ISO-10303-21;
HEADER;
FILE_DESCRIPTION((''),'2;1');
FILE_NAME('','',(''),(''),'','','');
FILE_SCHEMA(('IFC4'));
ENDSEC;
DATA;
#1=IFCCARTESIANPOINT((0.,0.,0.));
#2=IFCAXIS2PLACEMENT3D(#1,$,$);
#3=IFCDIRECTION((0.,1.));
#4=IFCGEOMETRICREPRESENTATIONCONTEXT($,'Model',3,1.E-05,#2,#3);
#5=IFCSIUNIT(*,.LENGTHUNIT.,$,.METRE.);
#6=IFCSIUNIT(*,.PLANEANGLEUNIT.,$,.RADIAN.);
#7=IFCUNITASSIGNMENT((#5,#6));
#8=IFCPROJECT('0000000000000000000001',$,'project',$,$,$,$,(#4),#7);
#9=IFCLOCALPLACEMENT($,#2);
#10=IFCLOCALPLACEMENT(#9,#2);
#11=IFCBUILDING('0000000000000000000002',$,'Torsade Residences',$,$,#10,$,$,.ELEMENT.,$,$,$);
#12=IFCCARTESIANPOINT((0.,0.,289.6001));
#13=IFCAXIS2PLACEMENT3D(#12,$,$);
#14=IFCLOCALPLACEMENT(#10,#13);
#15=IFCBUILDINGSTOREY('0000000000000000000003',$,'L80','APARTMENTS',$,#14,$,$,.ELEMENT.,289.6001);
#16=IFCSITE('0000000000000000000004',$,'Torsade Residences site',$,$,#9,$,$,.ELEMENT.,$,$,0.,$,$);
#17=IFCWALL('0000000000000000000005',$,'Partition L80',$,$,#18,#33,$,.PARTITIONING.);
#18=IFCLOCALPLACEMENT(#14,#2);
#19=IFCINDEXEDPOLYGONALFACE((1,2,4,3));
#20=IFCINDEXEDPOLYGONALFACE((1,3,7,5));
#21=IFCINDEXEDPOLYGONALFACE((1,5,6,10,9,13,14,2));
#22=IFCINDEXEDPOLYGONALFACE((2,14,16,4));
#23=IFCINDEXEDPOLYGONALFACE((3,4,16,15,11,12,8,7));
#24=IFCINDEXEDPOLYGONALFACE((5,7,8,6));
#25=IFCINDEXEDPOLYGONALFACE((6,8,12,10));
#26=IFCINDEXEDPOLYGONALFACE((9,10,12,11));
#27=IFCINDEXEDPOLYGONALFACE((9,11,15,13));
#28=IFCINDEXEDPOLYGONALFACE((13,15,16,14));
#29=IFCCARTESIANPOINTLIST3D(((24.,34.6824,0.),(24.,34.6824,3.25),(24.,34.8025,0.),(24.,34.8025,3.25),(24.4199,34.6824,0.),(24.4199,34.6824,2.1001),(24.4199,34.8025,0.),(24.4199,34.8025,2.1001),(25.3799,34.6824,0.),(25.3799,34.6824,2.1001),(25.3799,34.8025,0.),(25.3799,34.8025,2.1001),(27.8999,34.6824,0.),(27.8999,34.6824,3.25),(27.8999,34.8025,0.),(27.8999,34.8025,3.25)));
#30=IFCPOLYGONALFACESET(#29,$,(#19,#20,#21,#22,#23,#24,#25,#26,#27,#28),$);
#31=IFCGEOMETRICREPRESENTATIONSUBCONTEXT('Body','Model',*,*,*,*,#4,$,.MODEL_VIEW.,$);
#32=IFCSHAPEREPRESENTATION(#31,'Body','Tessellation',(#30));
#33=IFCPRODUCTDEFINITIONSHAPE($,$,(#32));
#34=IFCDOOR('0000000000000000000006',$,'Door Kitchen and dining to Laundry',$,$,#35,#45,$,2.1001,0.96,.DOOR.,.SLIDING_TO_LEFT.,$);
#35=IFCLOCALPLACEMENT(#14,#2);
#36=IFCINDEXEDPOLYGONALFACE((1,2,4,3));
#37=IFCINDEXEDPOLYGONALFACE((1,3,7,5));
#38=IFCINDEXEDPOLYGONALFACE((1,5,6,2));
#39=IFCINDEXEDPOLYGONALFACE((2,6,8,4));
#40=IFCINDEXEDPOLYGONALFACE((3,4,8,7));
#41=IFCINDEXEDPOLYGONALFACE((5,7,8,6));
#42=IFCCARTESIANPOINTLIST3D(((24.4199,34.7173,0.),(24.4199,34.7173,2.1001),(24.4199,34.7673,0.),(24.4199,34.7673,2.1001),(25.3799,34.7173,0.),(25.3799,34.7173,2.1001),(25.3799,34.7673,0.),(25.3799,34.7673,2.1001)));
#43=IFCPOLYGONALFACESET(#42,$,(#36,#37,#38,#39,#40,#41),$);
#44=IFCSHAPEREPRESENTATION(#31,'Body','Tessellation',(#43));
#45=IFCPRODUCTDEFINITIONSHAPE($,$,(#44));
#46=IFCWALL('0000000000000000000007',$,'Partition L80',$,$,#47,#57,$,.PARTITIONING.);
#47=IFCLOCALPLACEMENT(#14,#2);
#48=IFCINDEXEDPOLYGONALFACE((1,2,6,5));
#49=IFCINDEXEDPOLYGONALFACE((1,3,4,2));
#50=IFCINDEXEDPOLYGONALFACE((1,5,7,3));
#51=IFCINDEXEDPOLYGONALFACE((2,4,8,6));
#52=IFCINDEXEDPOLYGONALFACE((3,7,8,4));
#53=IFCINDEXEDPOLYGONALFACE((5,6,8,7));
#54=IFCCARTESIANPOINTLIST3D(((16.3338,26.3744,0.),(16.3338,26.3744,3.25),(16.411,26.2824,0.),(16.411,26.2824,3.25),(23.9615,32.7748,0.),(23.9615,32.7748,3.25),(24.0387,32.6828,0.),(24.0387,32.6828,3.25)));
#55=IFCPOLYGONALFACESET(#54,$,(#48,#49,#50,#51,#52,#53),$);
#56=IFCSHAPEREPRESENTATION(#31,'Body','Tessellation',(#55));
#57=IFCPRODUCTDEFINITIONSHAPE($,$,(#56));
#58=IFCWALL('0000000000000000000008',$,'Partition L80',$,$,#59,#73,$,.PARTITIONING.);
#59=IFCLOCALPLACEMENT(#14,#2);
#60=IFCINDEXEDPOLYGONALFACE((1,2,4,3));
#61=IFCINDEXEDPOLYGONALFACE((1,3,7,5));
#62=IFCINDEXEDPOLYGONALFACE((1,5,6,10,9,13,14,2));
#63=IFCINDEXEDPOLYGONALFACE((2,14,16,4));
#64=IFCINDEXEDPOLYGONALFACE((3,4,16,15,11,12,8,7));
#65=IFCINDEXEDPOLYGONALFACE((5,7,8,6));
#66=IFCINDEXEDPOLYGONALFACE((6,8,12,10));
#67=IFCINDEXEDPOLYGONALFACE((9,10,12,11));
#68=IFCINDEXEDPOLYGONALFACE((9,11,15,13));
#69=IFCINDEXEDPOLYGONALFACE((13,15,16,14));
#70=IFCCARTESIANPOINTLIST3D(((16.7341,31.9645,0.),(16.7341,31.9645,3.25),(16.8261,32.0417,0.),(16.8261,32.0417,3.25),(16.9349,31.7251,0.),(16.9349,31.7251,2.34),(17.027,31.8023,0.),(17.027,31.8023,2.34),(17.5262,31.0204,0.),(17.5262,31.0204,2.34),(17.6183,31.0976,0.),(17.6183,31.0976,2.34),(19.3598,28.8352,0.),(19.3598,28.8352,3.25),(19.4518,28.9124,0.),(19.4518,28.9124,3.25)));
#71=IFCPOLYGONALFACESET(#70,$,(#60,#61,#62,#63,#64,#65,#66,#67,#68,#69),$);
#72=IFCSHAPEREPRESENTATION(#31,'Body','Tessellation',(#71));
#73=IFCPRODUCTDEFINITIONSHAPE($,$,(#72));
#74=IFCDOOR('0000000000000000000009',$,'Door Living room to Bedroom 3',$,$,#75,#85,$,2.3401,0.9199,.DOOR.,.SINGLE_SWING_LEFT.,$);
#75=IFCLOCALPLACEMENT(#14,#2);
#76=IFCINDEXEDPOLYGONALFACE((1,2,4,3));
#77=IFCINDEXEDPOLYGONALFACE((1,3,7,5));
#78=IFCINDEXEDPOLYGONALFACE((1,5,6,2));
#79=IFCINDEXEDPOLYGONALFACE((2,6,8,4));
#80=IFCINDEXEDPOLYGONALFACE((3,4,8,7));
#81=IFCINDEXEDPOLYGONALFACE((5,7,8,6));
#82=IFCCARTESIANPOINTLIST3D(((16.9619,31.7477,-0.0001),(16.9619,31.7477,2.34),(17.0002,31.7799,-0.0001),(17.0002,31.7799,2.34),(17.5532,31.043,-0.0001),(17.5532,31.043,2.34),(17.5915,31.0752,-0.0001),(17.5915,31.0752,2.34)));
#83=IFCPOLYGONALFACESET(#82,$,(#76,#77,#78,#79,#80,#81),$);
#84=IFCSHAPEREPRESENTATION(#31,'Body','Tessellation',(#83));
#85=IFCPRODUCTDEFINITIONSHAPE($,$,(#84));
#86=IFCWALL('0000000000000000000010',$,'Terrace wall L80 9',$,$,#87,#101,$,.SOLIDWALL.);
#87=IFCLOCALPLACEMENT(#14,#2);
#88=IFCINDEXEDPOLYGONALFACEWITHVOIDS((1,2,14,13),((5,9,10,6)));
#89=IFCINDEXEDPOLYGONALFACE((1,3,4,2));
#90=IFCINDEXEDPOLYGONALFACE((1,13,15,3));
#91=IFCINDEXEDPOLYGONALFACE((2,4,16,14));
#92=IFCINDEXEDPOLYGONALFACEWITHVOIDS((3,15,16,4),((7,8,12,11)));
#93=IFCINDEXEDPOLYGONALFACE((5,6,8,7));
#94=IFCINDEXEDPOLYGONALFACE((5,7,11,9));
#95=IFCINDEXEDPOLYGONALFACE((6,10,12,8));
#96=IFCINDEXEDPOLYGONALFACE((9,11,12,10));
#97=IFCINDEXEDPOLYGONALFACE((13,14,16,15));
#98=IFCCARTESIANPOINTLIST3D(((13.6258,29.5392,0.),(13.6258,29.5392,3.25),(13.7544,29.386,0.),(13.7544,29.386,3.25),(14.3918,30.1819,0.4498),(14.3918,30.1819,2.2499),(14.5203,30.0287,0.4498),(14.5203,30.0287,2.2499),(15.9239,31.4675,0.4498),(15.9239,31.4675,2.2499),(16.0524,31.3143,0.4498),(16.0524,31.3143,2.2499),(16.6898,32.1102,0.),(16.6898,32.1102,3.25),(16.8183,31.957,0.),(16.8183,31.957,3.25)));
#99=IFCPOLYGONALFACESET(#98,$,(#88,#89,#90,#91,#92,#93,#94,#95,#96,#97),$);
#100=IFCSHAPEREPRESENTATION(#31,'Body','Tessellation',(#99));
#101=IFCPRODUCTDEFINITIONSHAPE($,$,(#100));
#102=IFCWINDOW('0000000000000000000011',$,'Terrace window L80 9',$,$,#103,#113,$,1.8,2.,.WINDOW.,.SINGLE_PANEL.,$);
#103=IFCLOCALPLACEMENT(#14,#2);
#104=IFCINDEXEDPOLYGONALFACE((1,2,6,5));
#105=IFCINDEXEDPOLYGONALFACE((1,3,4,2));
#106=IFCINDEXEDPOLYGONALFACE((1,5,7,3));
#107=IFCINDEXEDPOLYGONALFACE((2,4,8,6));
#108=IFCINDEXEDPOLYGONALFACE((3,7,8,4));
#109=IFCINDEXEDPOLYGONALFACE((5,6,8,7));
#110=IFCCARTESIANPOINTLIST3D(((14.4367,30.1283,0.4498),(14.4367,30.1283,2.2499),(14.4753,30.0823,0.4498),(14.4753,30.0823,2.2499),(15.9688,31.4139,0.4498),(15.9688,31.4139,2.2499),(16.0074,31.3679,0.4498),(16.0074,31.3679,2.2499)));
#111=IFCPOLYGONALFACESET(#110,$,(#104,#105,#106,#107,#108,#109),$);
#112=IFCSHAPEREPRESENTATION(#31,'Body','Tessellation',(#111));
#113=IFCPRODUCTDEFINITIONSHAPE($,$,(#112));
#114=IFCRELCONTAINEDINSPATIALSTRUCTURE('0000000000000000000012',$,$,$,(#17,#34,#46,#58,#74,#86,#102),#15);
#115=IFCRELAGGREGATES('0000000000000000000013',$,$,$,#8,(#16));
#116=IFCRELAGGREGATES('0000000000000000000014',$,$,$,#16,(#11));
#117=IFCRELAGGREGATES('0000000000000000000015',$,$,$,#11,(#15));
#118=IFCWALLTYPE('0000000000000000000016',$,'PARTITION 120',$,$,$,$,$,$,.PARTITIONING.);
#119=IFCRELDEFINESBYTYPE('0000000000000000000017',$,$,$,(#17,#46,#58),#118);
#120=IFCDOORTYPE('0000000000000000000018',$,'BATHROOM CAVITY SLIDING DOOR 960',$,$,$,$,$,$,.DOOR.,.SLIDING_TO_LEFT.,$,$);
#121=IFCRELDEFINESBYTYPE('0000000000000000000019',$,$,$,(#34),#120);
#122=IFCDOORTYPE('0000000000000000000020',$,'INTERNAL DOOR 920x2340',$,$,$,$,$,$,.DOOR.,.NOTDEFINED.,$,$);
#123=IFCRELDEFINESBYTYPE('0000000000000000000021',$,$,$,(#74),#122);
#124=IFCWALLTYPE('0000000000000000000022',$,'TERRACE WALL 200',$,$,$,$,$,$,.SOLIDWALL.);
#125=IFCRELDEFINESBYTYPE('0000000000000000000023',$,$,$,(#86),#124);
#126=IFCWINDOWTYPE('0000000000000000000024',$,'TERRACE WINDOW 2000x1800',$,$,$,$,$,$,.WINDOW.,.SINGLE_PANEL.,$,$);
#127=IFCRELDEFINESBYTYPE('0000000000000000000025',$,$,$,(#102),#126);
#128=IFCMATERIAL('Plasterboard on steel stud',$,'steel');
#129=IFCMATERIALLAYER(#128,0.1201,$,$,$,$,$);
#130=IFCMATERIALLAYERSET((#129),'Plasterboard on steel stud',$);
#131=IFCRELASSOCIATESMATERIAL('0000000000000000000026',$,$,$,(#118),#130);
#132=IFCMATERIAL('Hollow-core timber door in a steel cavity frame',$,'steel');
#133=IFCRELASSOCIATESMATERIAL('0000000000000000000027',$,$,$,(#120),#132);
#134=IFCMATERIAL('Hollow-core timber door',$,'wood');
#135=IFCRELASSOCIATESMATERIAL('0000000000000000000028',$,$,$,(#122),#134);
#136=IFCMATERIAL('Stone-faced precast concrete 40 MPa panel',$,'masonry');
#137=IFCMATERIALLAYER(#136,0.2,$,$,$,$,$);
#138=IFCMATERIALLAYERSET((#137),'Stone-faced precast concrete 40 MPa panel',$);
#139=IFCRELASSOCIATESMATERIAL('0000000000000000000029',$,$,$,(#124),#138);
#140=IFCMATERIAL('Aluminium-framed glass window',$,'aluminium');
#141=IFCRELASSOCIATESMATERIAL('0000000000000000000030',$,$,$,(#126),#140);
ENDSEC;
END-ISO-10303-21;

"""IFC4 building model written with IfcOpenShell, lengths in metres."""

from ifc_helpers import new_model, si_unit, direction, frame, frame_2d, origin, place, context, subcontext, project, spatial, rectangle, extrude, material, layer, layer_set, type_object, element, fill, save


model = new_model("IFC4")

# Units and contexts
model_context = context("Model", 3, precision=1e-05, world=origin(), true_north=direction((0.0, 1.0)))
body_context = subcontext(model_context, "Body", "Model", "MODEL_VIEW")
ifc_project = project(units=[si_unit("LENGTHUNIT", "METRE"), si_unit("PLANEANGLEUNIT", "RADIAN")], contexts=[model_context])

# Site, building, storey
site_placement = place(None, origin())
site = spatial("IfcSite", under=ifc_project, at=site_placement, Name="Torsade Residences site", CompositionType="ELEMENT", RefElevation=0.0)
building_placement = place(site_placement, origin())
building = spatial("IfcBuilding", under=site, at=building_placement, Name="Torsade Residences", CompositionType="ELEMENT")
storey_placement = place(building_placement, frame((0.0, 0.0, 289.6001)))
storey = spatial("IfcBuildingStorey", under=building, at=storey_placement, Name="L80", Description="APARTMENTS", CompositionType="ELEMENT", Elevation=289.6001)

# Wall, opening, door
ifc_material_1 = material(Name="Plasterboard on steel stud", Category="steel")
ifc_layer_1 = layer(ifc_material_1, 0.1201)
ifc_layer_set_1 = layer_set([ifc_layer_1], Name="Plasterboard on steel stud")
wall_type_1 = type_object("IfcWallType", Name="PARTITION 120", PredefinedType="PARTITIONING", material=ifc_layer_set_1)
wall_1_placement = place(storey_placement, frame((24.0, 34.7424, 0.0), z_axis=(0.0, 0.0, 1.0), x_axis=(1.0, 0.0, 0.0)))
wall_1 = element("IfcWall", 1, at=wall_1_placement, inside=storey, type_object=wall_type_1, Name="Partition L80", PredefinedType="PARTITIONING", context=body_context, shape_type="SweptSolid", body=[
    extrude(rectangle(XDim=3.8999, YDim=0.1201, at=frame_2d((1.95, 0.0))), origin(), (0.0, 0.0, 1.0), 3.25),
])
opening_1_placement = place(wall_1_placement, frame((0.4199, 0.0, 0.0)))
opening_1 = element("IfcOpeningElement", 2, at=opening_1_placement, cuts=wall_1, PredefinedType="OPENING", context=body_context, shape_type="SweptSolid", body=[
    extrude(rectangle(XDim=0.96, YDim=2.1001, at=frame_2d((0.48, 1.05))), frame((0.0, 0.0701, 0.0), z_axis=(0.0, -1.0, 0.0), x_axis=(1.0, 0.0, 0.0)), (0.0, 0.0, 1.0), 0.1401),
])
ifc_material_2 = material(Name="Hollow-core timber door in a steel cavity frame", Category="steel")
door_type_1 = type_object("IfcDoorType", Name="BATHROOM CAVITY SLIDING DOOR 960", OperationType="SLIDING_TO_LEFT", PredefinedType="DOOR", material=ifc_material_2)
door_1_placement = place(opening_1_placement, origin())
door_1 = element("IfcDoor", 3, at=door_1_placement, inside=storey, type_object=door_type_1, Name="Door Kitchen and dining to Laundry", OperationType="SLIDING_TO_LEFT", OverallHeight=2.1001, OverallWidth=0.96, PredefinedType="DOOR", context=body_context, shape_type="SweptSolid", body=[
    extrude(rectangle(XDim=0.96, YDim=2.1001, at=frame_2d((0.48, 1.05))), frame((0.0, 0.0249, 0.0), z_axis=(0.0, -1.0, 0.0), x_axis=(1.0, 0.0, 0.0)), (0.0, 0.0, 1.0), 0.05),
])
fill(opening_1, door_1)

# Wall
wall_2_placement = place(storey_placement, frame((24.0, 32.7288, 0.0), z_axis=(0.0, 0.0, 1.0), x_axis=(-0.766044, -0.642788, 0.0)))
element("IfcWall", 4, at=wall_2_placement, inside=storey, type_object=wall_type_1, Name="Partition L80", PredefinedType="PARTITIONING", context=body_context, shape_type="SweptSolid", body=[
    extrude(rectangle(XDim=9.9573, YDim=0.1201, at=frame_2d((4.9785, 0.0))), origin(), (0.0, 0.0, 1.0), 3.25),
])

# Wall, opening, door
wall_3_placement = place(storey_placement, frame((19.4058, 28.8738, 0.0), z_axis=(0.0, 0.0, 1.0), x_axis=(-0.642767, 0.766061, 0.0)))
wall_3 = element("IfcWall", 5, at=wall_3_placement, inside=storey, type_object=wall_type_1, Name="Partition L80", PredefinedType="PARTITIONING", context=body_context, shape_type="SweptSolid", body=[
    extrude(rectangle(XDim=4.085, YDim=0.1201, at=frame_2d((2.0425, 0.0))), origin(), (0.0, 0.0, 1.0), 3.25),
])
opening_2_placement = place(wall_3_placement, frame((2.8525, 0.0, 0.0)))
opening_2 = element("IfcOpeningElement", 6, at=opening_2_placement, cuts=wall_3, PredefinedType="OPENING", context=body_context, shape_type="SweptSolid", body=[
    extrude(rectangle(XDim=0.9199, YDim=2.3401, at=frame_2d((0.46, 1.1699))), frame((0.0, 0.0701, 0.0), z_axis=(0.0, -1.0, 0.0), x_axis=(1.0, 0.0, 0.0)), (0.0, 0.0, 1.0), 0.1401),
])
ifc_material_3 = material(Name="Hollow-core timber door", Category="wood")
door_type_2 = type_object("IfcDoorType", Name="INTERNAL DOOR 920x2340", OperationType="NOTDEFINED", PredefinedType="DOOR", material=ifc_material_3)
door_2_placement = place(opening_2_placement, origin())
door_2 = element("IfcDoor", 7, at=door_2_placement, inside=storey, type_object=door_type_2, Name="Door Living room to Bedroom 3", OperationType="SINGLE_SWING_LEFT", OverallHeight=2.3401, OverallWidth=0.9199, PredefinedType="DOOR", context=body_context, shape_type="SweptSolid", body=[
    extrude(rectangle(XDim=0.9199, YDim=2.3401, at=frame_2d((0.46, 1.1699))), frame((0.0, 0.0249, 0.0), z_axis=(0.0, -1.0, 0.0), x_axis=(1.0, 0.0, 0.0)), (0.0, 0.0, 1.0), 0.05),
])
fill(opening_2, door_2)
ifc_material_4 = material(Name="Stone-faced precast concrete 40 MPa panel", Category="masonry")
ifc_layer_2 = layer(ifc_material_4, 0.2)
ifc_layer_set_2 = layer_set([ifc_layer_2], Name="Stone-faced precast concrete 40 MPa panel")
wall_type_2 = type_object("IfcWallType", Name="TERRACE WALL 200", PredefinedType="SOLIDWALL", material=ifc_layer_set_2)

# Wall, opening, window
wall_4_placement = place(storey_placement, frame((16.7542, 32.0337, 0.0), z_axis=(0.0, 0.0, 1.0), x_axis=(-0.766035, -0.642798, 0.0)))
wall_4 = element("IfcWall", 8, at=wall_4_placement, inside=storey, type_object=wall_type_2, Name="Terrace wall L80 9", PredefinedType="SOLIDWALL", context=body_context, shape_type="SweptSolid", body=[
    extrude(rectangle(XDim=3.9998, YDim=0.2, at=frame_2d((2.0, 0.0))), origin(), (0.0, 0.0, 1.0), 3.25),
])
opening_3_placement = place(wall_4_placement, frame((1.0, 0.0, 0.45)))
opening_3 = element("IfcOpeningElement", 9, at=opening_3_placement, cuts=wall_4, PredefinedType="OPENING", context=body_context, shape_type="SweptSolid", body=[
    extrude(rectangle(XDim=2.0, YDim=1.8, at=frame_2d((1.0, 0.8999))), frame((0.0, 0.1099, 0.0), z_axis=(0.0, -1.0, 0.0), x_axis=(1.0, 0.0, 0.0)), (0.0, 0.0, 1.0), 0.22),
])
ifc_material_5 = material(Name="Aluminium-framed glass window", Category="aluminium")
window_type = type_object("IfcWindowType", Name="TERRACE WINDOW 2000x1800", PartitioningType="SINGLE_PANEL", PredefinedType="WINDOW", material=ifc_material_5)
window_placement = place(opening_3_placement, origin())
window = element("IfcWindow", 10, at=window_placement, inside=storey, type_object=window_type, Name="Terrace window L80 9", OverallHeight=1.8, OverallWidth=2.0, PartitioningType="SINGLE_PANEL", PredefinedType="WINDOW", context=body_context, shape_type="SweptSolid", body=[
    extrude(rectangle(XDim=2.0, YDim=1.8, at=frame_2d((1.0, 0.8999))), frame((0.0, 0.03, 0.0), z_axis=(0.0, -1.0, 0.0), x_axis=(1.0, 0.0, 0.0)), (0.0, 0.0, 1.0), 0.0601),
])
fill(opening_3, window)

save(model, "model.ifc")
